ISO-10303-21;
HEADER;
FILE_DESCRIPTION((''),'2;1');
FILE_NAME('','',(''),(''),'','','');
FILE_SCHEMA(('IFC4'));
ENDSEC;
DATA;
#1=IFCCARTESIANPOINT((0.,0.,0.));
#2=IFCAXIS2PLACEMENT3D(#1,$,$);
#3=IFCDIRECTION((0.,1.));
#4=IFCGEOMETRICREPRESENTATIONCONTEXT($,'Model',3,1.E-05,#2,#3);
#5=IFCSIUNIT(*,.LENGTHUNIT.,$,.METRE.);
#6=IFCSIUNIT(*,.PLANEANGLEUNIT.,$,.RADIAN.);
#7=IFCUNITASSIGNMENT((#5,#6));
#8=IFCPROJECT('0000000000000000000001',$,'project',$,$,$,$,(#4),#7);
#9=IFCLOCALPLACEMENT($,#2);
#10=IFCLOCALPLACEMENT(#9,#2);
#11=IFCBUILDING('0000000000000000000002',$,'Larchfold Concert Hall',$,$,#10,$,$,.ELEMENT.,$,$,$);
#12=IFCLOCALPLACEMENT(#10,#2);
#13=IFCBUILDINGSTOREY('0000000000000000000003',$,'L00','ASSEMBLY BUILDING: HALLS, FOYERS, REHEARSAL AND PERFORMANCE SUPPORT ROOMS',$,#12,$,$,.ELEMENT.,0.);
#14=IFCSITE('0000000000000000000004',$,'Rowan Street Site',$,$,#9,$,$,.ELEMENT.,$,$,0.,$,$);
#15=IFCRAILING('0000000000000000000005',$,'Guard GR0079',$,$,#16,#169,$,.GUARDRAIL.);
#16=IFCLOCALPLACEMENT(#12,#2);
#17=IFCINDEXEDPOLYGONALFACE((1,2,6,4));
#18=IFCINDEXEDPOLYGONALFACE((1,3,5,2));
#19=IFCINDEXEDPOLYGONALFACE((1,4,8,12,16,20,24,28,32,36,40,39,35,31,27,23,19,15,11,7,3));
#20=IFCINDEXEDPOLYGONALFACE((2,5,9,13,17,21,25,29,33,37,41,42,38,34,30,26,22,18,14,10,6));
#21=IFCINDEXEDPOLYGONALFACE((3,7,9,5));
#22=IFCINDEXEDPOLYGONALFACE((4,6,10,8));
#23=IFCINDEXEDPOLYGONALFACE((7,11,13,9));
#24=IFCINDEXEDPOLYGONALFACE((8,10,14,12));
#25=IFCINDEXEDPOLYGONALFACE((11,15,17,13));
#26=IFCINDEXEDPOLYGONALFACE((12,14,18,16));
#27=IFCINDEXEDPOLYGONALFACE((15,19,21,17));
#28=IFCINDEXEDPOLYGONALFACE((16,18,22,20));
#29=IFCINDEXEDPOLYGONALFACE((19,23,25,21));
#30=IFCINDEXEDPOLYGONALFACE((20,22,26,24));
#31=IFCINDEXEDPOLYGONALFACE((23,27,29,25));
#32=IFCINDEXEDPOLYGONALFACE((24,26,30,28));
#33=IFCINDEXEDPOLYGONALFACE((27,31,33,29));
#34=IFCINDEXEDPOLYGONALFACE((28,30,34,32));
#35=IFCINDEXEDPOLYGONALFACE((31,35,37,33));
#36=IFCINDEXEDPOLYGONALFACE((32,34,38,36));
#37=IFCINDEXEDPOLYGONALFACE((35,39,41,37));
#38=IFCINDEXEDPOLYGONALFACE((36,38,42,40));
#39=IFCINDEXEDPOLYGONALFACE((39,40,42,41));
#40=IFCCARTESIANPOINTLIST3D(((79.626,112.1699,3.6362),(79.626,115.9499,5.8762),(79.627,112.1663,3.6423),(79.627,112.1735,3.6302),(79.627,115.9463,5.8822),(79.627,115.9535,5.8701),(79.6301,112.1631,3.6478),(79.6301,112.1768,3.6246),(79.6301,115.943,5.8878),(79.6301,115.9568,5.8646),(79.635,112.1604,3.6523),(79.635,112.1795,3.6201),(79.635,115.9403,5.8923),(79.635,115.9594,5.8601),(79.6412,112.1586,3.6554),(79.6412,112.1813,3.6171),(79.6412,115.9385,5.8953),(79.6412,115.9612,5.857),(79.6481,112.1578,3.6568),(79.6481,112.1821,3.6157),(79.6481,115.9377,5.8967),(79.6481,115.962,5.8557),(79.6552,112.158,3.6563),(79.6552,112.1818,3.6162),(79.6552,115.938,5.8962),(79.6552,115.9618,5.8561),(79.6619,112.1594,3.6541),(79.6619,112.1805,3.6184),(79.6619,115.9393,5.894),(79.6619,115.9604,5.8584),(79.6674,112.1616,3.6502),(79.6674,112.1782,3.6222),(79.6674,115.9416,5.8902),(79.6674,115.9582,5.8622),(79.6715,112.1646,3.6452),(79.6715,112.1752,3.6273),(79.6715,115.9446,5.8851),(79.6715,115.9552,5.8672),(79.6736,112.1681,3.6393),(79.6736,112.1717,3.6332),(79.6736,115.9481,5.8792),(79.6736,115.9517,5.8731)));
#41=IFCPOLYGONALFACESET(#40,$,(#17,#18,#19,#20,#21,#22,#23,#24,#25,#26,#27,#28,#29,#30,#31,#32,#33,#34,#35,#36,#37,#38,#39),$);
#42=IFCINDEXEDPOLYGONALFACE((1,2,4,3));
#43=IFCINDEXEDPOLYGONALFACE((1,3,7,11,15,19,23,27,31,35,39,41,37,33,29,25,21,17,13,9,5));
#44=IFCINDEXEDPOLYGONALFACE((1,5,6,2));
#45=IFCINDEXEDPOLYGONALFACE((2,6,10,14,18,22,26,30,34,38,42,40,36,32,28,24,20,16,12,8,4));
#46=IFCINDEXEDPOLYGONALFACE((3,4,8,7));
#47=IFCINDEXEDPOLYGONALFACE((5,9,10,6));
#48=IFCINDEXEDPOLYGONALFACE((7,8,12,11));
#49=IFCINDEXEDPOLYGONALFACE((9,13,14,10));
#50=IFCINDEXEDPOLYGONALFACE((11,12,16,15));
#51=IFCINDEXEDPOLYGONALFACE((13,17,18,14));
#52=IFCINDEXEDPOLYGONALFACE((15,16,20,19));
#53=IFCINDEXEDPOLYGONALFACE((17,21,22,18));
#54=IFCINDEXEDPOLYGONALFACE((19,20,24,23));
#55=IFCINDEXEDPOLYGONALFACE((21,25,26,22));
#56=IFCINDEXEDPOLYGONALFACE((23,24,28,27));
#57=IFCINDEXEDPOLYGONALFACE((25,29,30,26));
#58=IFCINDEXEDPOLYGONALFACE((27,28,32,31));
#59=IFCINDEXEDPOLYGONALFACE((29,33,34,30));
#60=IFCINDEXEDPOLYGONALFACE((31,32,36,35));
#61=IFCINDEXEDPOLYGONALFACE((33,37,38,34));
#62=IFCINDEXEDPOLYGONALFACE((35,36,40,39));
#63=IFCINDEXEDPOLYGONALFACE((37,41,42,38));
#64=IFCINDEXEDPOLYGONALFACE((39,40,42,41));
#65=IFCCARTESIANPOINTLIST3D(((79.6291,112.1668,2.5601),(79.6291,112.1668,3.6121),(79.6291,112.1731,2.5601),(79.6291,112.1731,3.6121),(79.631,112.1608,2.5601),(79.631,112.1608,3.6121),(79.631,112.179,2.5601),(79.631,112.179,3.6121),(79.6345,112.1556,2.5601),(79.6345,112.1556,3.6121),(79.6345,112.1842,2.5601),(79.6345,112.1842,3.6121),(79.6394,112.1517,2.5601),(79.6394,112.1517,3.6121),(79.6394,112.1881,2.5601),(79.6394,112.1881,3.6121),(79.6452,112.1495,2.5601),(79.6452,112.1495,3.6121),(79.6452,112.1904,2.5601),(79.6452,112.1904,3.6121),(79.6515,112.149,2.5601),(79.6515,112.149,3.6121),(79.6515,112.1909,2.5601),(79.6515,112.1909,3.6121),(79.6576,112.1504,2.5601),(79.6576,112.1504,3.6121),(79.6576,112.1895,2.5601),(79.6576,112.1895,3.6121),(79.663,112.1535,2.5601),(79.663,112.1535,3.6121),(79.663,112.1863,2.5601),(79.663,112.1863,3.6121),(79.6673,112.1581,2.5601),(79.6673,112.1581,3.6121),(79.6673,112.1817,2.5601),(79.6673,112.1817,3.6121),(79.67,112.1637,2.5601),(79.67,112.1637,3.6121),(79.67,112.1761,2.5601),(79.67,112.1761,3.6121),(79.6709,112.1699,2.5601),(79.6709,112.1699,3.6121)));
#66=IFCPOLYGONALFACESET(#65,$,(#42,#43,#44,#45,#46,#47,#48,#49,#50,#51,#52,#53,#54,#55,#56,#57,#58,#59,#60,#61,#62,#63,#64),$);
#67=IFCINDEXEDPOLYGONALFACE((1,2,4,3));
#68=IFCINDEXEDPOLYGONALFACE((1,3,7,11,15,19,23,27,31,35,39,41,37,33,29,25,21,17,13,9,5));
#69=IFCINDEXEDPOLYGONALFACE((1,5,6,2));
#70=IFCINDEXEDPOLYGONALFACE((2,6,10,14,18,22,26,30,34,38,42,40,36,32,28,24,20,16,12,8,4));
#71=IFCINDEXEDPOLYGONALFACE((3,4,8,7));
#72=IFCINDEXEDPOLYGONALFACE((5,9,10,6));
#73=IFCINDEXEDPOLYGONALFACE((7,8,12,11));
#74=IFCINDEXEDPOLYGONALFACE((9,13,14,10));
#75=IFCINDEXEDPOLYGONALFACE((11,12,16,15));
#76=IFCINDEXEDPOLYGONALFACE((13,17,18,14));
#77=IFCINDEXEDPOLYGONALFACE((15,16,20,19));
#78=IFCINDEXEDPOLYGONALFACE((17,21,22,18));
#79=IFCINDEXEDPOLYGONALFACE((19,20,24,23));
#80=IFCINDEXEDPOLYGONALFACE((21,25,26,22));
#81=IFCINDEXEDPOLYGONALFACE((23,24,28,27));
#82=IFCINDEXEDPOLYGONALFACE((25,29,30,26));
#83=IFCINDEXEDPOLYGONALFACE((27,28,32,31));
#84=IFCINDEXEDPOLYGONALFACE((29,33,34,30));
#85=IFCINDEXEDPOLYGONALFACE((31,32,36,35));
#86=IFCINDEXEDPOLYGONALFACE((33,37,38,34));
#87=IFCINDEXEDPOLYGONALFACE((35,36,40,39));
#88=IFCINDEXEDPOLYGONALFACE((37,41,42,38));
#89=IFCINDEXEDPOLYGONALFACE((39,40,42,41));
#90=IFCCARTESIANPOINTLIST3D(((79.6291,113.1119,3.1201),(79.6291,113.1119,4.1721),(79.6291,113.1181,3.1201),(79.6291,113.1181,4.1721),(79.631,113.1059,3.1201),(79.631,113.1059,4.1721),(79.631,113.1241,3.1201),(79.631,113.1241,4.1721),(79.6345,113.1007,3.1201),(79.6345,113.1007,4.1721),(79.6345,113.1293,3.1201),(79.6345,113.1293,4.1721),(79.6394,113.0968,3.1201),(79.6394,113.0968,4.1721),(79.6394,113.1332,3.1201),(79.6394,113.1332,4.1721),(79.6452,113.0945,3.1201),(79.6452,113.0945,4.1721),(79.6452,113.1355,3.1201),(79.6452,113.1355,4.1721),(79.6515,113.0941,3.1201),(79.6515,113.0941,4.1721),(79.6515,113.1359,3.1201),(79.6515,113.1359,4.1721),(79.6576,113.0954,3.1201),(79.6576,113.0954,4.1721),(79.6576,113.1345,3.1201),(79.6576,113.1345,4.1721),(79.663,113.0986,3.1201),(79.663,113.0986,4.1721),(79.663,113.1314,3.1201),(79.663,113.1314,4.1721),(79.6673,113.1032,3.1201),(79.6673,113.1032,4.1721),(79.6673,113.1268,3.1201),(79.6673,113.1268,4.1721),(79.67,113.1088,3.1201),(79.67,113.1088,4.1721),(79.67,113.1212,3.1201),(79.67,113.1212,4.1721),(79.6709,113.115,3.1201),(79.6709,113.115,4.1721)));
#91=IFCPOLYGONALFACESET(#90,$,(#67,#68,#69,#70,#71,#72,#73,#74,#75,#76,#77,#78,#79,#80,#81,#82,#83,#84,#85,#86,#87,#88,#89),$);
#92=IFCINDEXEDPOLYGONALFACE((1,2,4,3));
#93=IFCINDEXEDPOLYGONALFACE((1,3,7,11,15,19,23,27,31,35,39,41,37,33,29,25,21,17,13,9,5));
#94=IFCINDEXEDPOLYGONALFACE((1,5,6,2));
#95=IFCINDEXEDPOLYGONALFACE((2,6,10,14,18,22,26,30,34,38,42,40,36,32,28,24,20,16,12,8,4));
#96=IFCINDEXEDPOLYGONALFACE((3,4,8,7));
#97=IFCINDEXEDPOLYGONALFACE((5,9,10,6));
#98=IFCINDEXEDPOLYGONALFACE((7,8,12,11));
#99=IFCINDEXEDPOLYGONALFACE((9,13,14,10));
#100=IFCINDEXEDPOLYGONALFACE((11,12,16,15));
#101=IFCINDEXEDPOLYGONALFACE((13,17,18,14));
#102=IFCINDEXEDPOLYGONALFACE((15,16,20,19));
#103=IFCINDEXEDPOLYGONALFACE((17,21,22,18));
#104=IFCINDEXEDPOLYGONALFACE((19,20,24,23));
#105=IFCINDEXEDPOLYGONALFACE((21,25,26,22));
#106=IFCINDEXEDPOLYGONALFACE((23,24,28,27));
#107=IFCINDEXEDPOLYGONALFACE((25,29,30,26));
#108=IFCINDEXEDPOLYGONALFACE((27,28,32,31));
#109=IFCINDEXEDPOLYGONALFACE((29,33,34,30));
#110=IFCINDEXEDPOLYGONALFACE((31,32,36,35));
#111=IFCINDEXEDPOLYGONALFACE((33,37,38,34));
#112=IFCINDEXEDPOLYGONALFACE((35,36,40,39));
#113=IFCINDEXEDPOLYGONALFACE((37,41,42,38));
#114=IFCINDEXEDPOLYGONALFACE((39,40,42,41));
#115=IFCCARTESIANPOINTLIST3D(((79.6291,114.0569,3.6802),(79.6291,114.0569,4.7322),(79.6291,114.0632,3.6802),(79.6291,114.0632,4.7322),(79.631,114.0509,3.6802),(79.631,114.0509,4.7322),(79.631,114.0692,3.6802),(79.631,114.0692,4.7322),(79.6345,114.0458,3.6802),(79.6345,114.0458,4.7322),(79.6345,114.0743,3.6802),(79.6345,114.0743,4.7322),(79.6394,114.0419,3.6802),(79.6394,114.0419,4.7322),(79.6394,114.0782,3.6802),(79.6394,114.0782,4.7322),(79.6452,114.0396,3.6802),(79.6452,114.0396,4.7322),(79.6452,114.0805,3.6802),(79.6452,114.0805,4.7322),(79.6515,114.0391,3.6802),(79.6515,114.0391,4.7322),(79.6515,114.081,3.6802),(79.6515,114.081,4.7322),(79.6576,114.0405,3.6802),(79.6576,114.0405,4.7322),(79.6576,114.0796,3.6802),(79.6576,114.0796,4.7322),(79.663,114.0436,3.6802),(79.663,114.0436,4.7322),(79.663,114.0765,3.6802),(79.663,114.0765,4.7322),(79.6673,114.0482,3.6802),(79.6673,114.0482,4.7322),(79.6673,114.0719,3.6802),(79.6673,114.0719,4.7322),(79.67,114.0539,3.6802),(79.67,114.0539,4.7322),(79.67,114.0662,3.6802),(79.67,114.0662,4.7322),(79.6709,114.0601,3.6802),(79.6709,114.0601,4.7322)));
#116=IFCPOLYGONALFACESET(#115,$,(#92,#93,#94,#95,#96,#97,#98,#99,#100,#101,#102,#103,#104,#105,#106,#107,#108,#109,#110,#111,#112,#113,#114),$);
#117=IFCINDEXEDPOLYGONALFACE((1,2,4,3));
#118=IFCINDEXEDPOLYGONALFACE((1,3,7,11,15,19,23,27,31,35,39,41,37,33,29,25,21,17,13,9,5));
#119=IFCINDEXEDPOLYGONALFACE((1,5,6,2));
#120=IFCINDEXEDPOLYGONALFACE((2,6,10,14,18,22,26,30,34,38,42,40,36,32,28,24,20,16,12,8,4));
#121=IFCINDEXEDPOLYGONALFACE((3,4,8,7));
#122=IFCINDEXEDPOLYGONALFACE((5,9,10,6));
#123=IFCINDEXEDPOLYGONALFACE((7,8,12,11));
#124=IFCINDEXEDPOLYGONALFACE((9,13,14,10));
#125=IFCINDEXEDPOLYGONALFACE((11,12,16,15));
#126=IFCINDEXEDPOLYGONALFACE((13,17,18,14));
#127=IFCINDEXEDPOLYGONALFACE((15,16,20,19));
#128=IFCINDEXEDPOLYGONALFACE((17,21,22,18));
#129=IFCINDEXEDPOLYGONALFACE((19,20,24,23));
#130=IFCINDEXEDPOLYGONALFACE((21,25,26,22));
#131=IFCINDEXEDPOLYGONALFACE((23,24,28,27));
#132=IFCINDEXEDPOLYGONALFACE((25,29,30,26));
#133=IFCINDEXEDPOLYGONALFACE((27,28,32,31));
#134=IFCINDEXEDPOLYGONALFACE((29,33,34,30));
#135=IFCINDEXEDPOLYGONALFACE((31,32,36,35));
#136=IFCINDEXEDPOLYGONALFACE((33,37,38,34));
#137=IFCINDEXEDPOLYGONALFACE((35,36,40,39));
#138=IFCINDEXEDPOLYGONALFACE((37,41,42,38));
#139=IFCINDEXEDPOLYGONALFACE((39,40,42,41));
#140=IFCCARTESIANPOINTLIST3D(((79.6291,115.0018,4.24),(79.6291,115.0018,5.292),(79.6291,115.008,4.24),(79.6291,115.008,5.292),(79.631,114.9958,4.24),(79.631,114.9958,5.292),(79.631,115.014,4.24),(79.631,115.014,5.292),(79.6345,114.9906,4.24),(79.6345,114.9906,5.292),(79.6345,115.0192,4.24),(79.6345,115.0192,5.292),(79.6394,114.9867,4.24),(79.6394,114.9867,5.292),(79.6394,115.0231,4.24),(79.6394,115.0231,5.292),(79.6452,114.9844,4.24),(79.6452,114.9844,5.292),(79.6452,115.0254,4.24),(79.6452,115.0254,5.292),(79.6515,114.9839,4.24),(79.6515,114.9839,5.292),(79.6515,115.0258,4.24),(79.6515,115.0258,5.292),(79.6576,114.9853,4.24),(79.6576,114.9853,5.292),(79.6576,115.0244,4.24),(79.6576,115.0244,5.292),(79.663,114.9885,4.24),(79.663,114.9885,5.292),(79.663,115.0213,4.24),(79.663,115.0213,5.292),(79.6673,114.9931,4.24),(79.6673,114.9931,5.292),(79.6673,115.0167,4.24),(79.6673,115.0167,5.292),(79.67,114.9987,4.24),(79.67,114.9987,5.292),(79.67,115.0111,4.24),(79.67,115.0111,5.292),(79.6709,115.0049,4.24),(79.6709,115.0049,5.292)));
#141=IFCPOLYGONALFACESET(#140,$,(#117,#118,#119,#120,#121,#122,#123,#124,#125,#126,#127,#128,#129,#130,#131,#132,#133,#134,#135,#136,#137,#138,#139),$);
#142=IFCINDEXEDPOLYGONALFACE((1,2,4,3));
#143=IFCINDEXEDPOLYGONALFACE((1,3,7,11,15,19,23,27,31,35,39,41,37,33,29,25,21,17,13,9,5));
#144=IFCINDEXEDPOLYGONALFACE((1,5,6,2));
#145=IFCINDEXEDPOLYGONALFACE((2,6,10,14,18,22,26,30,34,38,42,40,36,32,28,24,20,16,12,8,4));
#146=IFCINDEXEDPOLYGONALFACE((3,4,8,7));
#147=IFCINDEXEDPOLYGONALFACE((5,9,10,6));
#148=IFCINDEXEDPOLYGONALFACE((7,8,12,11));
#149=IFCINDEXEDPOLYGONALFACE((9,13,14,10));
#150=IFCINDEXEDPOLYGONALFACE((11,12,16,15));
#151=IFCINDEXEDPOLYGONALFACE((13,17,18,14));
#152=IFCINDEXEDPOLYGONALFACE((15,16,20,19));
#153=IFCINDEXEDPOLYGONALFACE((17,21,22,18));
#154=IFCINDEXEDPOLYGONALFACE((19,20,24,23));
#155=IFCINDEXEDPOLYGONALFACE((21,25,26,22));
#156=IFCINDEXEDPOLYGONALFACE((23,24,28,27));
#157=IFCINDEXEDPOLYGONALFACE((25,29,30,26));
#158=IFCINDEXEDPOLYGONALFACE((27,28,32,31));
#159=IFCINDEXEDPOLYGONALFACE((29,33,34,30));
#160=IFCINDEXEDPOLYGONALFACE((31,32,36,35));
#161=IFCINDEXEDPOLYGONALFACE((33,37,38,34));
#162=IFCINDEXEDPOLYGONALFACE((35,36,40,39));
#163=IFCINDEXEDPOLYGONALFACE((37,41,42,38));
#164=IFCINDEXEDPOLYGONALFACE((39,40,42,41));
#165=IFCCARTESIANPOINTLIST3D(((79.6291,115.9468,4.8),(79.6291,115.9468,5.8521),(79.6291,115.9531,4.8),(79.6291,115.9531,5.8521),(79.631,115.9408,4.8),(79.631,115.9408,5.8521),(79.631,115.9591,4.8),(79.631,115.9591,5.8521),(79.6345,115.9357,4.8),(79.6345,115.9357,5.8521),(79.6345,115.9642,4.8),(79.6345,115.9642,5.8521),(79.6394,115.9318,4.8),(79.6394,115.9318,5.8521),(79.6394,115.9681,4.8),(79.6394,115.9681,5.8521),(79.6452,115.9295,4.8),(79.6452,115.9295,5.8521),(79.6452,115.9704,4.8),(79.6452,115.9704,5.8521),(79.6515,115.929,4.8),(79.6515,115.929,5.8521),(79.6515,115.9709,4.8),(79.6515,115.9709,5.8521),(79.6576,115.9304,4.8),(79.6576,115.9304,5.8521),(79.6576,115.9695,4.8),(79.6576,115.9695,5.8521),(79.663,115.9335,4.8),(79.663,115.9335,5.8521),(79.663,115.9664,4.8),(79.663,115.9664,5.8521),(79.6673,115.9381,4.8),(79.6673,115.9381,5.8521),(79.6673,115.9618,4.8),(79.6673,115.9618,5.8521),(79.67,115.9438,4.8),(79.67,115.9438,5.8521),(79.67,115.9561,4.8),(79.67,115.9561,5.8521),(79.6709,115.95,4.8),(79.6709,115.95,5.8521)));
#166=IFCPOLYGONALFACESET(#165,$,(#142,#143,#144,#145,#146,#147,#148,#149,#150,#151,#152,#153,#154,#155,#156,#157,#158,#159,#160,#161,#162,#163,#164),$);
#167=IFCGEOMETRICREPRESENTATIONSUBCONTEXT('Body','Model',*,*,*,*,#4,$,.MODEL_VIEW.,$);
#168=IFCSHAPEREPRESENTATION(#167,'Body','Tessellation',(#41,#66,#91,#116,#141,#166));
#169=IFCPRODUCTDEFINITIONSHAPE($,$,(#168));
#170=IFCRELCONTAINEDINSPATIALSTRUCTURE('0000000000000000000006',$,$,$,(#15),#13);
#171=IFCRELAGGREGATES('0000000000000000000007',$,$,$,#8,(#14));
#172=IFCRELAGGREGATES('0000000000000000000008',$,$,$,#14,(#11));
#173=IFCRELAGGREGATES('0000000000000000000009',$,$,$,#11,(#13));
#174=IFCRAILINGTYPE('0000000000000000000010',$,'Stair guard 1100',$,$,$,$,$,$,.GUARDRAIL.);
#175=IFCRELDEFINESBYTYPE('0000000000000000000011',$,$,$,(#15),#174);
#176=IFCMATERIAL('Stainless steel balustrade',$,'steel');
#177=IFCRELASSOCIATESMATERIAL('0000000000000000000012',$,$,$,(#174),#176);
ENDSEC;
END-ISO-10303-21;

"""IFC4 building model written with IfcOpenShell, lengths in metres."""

from ifc_helpers import new_model, si_unit, direction, frame, origin, origin_2d, place, context, subcontext, project, spatial, circle, extrude, material, type_object, element, save


model = new_model("IFC4")

# Units and contexts
model_context = context("Model", 3, precision=1e-05, world=origin(), true_north=direction((0.0, 1.0)))
body_context = subcontext(model_context, "Body", "Model", "MODEL_VIEW")
ifc_project = project(units=[si_unit("LENGTHUNIT", "METRE"), si_unit("PLANEANGLEUNIT", "RADIAN")], contexts=[model_context])

# Site, building, storey
site_placement = place(None, origin())
site = spatial("IfcSite", under=ifc_project, at=site_placement, Name="Rowan Street Site", CompositionType="ELEMENT", RefElevation=0.0)
building_placement = place(site_placement, origin())
building = spatial("IfcBuilding", under=site, at=building_placement, Name="Larchfold Concert Hall", CompositionType="ELEMENT")
storey_placement = place(building_placement, origin())
storey = spatial("IfcBuildingStorey", under=building, at=storey_placement, Name="L00", Description="ASSEMBLY BUILDING: HALLS, FOYERS, REHEARSAL AND PERFORMANCE SUPPORT ROOMS", CompositionType="ELEMENT", Elevation=0.0)

# Railing
ifc_material_1 = material(Name="Stainless steel balustrade", Category="steel")
railing_type_1 = type_object("IfcRailingType", Name="Stair guard 1100", PredefinedType="GUARDRAIL", material=ifc_material_1)
railing_1_placement = place(storey_placement, frame((79.6499, 112.1699, 2.5601)))
element("IfcRailing", 1, at=railing_1_placement, inside=storey, type_object=railing_type_1, Name="Guard GR0079", PredefinedType="GUARDRAIL", context=body_context, shape_type="SweptSolid", body=[
    extrude(circle(Radius=0.0239, at=origin_2d()), frame((0.0, 0.0, 1.0762), z_axis=(0.0, 0.860294, 0.509798), x_axis=(-1.0, 0.0, 0.0)), (0.0, 0.0, 1.0), 4.3938),
    extrude(circle(Radius=0.021, at=origin_2d()), origin(), (0.0, 0.0, 1.0), 1.052),
    extrude(circle(Radius=0.021, at=origin_2d()), frame((0.0, 0.9451, 0.5601)), (0.0, 0.0, 1.0), 1.052),
    extrude(circle(Radius=0.021, at=origin_2d()), frame((0.0, 1.8901, 1.1201)), (0.0, 0.0, 1.0), 1.052),
    extrude(circle(Radius=0.021, at=origin_2d()), frame((0.0, 2.835, 1.6799)), (0.0, 0.0, 1.0), 1.052),
    extrude(circle(Radius=0.021, at=origin_2d()), frame((0.0, 3.78, 2.24)), (0.0, 0.0, 1.0), 1.052),
])

save(model, "model.ifc")
